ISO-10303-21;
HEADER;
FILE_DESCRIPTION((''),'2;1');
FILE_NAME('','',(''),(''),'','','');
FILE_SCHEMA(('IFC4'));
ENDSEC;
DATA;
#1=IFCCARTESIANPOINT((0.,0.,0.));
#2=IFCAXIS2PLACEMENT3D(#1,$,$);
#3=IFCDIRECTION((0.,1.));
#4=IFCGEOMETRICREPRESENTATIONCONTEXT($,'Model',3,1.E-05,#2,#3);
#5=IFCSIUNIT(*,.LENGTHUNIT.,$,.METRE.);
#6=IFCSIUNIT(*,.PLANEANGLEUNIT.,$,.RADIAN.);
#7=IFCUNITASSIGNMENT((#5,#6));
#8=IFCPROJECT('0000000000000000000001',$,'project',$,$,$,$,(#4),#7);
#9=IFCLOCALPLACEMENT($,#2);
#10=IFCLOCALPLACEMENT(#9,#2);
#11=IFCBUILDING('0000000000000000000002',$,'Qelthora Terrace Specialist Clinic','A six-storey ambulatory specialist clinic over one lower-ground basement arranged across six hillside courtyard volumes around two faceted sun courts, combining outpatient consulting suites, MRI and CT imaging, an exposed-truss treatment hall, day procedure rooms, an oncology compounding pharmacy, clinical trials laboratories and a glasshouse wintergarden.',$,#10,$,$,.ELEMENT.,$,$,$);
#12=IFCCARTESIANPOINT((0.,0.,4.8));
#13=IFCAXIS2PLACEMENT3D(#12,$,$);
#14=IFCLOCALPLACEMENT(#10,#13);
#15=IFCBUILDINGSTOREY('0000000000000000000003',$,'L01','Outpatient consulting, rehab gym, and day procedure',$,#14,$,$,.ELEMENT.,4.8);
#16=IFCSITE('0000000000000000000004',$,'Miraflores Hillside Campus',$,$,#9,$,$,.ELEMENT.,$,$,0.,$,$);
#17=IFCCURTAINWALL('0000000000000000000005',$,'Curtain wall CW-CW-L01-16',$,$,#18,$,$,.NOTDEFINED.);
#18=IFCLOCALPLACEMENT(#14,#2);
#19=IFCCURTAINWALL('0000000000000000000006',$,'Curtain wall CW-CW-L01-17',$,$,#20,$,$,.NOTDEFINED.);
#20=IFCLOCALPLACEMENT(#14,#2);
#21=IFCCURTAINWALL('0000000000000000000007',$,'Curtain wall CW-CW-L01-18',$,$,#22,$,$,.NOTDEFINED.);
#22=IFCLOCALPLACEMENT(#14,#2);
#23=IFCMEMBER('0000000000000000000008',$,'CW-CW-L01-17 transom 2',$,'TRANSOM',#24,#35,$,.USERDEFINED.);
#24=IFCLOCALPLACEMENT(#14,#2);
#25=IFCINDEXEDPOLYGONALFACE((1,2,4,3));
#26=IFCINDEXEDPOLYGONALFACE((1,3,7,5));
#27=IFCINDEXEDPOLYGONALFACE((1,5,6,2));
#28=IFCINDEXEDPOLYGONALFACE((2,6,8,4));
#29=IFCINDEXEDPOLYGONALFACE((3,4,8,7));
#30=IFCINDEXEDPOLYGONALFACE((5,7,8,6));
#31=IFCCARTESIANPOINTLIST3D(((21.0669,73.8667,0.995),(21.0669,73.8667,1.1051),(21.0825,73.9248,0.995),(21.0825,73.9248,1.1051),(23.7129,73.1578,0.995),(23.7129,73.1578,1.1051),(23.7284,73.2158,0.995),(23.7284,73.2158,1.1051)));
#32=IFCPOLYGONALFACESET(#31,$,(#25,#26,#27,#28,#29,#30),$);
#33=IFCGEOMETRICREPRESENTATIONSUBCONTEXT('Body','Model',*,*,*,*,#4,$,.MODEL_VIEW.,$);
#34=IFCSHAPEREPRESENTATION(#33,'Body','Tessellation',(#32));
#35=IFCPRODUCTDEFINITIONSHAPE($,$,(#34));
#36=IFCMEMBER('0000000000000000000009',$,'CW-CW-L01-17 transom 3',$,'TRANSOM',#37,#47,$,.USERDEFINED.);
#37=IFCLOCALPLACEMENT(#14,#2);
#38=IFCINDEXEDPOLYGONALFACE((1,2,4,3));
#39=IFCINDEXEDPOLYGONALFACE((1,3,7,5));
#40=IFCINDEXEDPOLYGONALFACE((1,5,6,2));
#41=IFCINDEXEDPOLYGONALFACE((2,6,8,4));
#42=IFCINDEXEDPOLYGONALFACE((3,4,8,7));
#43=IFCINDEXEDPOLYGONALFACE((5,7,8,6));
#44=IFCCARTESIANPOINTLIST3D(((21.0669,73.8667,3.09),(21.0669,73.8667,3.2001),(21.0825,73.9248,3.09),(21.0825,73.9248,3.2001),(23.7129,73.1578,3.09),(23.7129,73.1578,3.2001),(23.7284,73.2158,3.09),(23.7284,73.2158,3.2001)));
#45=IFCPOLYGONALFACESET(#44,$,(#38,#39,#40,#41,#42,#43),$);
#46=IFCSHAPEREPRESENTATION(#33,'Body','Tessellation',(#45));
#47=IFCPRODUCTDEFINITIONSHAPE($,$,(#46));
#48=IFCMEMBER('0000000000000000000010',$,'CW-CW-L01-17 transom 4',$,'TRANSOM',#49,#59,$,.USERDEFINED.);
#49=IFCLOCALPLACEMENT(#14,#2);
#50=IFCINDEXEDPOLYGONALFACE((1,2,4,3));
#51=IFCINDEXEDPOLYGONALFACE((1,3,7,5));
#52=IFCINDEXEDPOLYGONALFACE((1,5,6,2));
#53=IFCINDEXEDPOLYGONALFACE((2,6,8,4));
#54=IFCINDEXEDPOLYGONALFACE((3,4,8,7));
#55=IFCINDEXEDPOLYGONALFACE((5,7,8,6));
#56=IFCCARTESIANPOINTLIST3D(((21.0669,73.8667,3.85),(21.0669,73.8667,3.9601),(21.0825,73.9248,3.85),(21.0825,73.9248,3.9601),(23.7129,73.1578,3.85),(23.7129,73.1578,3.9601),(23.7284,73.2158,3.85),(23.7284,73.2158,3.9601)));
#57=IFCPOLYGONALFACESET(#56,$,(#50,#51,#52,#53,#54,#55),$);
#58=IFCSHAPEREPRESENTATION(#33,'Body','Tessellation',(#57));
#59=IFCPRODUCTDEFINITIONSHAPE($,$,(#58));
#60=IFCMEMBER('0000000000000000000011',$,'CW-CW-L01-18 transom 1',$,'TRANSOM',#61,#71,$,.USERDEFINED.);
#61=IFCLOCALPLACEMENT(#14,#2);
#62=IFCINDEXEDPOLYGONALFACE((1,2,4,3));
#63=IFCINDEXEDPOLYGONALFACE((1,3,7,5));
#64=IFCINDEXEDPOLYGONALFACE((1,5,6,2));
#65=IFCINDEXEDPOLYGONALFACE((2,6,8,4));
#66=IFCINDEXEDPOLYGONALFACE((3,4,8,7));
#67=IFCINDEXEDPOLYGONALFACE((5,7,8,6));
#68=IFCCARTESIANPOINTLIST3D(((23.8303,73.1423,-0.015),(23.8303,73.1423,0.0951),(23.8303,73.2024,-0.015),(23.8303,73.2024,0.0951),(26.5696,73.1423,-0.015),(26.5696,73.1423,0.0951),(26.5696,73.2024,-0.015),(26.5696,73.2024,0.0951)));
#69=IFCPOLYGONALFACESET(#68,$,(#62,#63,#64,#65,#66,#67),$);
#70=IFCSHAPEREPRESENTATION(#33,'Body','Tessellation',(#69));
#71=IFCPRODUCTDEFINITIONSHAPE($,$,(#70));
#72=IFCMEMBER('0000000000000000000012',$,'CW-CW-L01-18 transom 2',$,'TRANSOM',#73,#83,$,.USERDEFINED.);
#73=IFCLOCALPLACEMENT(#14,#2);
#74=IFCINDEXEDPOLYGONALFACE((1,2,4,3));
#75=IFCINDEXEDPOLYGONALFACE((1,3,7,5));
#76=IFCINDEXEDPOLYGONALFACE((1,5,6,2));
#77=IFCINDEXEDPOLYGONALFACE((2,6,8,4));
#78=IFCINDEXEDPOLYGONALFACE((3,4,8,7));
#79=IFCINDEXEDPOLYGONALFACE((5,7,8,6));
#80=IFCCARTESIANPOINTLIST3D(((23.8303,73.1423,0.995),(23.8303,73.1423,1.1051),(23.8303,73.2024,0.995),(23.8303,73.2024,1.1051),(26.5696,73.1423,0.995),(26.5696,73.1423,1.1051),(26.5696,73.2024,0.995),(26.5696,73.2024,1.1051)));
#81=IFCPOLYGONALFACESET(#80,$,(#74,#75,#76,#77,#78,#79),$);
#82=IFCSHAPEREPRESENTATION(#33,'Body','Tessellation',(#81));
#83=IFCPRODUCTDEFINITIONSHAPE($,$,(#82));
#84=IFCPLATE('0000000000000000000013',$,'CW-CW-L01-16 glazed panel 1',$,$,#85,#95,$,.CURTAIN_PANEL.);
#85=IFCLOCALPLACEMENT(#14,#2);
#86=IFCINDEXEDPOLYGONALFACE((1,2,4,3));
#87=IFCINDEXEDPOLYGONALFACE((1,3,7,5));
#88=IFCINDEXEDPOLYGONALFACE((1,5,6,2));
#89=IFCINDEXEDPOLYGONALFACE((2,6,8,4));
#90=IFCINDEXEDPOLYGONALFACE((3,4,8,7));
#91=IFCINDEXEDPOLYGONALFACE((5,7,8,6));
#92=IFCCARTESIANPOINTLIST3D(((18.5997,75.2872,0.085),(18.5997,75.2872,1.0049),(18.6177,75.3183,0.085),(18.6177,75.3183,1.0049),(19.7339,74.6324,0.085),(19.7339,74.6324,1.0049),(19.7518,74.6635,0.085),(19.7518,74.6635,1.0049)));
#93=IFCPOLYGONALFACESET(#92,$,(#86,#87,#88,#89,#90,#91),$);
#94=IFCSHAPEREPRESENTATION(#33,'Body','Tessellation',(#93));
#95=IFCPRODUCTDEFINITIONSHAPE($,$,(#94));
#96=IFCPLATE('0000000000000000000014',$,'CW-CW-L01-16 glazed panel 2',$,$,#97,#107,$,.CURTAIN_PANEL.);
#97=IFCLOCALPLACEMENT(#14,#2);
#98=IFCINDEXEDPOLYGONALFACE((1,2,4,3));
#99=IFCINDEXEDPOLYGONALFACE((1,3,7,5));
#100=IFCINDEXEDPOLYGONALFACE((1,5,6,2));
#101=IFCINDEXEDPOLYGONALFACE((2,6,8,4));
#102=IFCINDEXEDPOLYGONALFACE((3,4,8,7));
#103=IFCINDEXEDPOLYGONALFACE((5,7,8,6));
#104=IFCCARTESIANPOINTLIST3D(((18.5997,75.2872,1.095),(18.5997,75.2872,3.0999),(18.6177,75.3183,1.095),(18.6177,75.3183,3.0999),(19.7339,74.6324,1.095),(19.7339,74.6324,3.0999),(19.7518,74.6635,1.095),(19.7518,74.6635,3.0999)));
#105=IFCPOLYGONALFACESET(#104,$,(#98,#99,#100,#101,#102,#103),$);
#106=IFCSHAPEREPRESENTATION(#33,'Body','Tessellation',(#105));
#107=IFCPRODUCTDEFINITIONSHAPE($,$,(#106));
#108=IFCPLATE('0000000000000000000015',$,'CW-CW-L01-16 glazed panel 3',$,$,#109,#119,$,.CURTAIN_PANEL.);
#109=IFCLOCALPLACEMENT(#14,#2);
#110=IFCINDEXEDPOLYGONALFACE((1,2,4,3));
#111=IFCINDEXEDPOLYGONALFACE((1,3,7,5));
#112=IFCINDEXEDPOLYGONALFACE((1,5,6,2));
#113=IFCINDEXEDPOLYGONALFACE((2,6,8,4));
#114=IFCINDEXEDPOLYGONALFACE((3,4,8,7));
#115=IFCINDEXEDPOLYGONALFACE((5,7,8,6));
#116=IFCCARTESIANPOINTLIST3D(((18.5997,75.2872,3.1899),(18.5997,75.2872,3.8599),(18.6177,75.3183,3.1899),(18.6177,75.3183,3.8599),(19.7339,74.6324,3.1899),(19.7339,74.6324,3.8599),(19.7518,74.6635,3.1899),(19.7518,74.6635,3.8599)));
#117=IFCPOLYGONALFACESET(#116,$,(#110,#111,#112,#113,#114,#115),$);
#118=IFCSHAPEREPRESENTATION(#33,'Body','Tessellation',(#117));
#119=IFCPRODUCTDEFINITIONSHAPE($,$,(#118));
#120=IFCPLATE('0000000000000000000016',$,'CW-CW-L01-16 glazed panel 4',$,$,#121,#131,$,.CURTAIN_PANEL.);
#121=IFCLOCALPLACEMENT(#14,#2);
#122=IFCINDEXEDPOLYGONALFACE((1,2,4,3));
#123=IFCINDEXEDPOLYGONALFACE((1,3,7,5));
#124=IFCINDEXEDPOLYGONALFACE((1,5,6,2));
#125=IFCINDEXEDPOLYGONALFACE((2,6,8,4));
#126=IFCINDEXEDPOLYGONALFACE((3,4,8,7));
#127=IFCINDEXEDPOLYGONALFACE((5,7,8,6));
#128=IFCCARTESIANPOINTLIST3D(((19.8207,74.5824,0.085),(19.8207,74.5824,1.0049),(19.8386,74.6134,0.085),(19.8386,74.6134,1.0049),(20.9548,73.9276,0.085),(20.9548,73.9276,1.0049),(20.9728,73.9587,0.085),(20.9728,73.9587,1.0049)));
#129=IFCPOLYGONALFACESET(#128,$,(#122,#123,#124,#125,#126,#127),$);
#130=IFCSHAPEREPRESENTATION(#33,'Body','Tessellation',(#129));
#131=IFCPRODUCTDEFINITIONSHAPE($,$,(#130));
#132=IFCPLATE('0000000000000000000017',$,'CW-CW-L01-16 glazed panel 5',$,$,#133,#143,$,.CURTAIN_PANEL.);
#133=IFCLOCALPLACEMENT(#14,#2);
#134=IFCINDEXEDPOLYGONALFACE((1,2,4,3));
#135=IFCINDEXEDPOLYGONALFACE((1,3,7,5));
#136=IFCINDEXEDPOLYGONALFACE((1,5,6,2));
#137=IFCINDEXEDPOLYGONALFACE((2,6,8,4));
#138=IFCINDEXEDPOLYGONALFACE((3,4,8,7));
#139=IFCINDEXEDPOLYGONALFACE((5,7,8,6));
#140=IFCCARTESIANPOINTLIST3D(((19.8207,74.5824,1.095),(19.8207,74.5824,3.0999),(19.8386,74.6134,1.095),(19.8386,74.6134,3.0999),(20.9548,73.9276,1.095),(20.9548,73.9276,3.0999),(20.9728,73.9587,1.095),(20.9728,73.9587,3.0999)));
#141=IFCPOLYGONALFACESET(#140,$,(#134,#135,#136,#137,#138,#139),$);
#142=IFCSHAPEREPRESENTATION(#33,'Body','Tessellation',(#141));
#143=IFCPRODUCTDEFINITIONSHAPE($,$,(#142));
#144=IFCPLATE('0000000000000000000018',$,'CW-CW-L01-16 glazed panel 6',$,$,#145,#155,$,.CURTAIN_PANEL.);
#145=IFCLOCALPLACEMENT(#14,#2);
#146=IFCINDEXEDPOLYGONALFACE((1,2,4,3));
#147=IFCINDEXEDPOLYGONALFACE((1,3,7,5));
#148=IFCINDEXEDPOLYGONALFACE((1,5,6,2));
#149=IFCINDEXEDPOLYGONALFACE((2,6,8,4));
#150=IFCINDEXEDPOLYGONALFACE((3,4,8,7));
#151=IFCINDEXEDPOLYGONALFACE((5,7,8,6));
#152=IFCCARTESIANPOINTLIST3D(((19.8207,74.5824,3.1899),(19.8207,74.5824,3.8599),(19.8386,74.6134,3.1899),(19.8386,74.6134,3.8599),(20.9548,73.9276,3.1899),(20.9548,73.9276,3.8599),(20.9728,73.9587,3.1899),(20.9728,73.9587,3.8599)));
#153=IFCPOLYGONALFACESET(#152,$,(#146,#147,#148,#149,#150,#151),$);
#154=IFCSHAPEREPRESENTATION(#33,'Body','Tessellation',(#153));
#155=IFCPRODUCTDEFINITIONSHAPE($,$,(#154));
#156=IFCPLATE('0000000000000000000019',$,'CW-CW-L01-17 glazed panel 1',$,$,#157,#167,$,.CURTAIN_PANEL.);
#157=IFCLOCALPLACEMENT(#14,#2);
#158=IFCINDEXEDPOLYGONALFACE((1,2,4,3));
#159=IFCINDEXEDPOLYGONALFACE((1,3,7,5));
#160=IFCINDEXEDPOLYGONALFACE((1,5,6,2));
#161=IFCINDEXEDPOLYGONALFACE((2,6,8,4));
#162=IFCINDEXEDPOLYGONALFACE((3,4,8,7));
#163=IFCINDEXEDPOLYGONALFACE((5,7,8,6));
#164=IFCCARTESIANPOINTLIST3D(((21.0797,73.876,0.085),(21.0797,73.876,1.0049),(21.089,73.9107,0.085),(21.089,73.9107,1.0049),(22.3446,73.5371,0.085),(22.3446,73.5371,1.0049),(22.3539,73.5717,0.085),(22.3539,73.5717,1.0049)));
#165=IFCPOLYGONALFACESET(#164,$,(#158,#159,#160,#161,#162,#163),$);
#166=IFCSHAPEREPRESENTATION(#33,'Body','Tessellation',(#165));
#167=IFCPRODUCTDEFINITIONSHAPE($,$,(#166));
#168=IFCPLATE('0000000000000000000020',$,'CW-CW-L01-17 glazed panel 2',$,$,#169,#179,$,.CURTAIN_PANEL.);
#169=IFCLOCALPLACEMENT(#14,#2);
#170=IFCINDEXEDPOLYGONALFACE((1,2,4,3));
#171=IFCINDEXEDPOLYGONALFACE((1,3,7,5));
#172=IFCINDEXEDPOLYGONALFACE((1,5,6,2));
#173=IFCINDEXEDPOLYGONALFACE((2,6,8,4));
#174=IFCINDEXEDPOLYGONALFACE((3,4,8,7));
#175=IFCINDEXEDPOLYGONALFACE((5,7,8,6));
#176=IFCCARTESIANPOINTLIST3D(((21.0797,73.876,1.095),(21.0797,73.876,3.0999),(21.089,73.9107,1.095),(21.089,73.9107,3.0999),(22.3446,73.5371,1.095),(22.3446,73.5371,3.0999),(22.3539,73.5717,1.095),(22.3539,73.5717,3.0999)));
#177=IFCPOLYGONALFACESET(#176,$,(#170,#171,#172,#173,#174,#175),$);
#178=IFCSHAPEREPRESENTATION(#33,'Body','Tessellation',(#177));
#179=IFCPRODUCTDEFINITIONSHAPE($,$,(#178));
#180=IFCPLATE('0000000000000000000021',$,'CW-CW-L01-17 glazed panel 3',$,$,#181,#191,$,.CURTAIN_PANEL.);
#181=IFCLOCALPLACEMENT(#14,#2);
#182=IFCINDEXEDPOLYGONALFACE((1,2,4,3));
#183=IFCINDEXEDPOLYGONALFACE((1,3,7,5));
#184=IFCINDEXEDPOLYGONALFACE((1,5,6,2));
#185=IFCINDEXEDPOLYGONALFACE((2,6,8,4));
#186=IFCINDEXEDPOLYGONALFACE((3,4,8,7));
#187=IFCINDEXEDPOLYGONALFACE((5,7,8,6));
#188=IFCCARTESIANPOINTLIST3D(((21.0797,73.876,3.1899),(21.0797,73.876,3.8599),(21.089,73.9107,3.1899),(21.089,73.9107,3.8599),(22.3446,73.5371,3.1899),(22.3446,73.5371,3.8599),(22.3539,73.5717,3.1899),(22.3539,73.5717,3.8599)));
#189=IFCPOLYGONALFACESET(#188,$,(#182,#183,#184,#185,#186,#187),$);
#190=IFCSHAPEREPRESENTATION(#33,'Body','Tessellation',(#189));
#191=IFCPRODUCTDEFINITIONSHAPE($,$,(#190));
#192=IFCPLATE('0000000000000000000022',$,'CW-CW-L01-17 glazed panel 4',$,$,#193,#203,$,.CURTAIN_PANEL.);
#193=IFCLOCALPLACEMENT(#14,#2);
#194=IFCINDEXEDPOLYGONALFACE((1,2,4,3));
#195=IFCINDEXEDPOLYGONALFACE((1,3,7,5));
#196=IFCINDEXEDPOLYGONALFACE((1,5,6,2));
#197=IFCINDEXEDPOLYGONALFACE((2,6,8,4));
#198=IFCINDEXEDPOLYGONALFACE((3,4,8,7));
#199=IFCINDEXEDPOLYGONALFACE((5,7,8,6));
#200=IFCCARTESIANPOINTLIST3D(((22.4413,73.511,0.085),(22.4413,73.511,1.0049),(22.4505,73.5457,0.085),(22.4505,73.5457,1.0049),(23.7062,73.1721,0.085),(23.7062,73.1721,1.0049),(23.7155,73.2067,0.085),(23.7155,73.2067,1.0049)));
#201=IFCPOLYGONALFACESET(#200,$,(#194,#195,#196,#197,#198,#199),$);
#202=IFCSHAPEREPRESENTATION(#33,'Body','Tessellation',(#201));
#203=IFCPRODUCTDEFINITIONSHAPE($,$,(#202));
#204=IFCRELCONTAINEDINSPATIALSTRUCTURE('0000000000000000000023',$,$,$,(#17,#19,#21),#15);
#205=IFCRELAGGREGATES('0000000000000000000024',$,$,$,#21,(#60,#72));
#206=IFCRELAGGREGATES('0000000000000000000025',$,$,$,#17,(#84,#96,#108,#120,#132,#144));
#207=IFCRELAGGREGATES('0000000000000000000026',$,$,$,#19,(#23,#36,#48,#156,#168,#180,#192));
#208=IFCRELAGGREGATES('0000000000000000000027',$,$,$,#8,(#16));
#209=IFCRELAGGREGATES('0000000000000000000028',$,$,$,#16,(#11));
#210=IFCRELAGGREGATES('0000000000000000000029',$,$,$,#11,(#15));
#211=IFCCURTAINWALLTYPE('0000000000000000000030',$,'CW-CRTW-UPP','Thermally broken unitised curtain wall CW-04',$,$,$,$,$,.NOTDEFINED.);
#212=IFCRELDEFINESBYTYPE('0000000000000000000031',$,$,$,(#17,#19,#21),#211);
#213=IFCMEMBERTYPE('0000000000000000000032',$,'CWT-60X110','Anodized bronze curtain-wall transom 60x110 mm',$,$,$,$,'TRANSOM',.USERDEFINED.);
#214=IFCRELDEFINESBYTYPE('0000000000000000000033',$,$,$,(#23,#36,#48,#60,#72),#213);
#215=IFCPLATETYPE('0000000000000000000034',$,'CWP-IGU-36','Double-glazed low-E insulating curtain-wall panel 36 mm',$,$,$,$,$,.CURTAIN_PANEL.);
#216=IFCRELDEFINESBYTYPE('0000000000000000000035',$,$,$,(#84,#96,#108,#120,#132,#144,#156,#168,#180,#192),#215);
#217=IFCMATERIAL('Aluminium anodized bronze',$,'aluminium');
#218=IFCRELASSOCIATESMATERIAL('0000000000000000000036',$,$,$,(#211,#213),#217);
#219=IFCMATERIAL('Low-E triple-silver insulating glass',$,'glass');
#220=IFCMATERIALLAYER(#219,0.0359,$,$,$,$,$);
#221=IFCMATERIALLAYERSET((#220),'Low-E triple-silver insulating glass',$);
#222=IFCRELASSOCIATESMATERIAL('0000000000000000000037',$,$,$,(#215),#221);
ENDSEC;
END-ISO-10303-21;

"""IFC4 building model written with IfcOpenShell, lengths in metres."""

from ifc_helpers import new_model, si_unit, direction, frame, origin, origin_2d, place, context, subcontext, project, spatial, rectangle, extrude, material, layer, layer_set, material_profile, profile_set, type_object, element, aggregate, save


model = new_model("IFC4")

# Units and contexts
model_context = context("Model", 3, precision=1e-05, world=origin(), true_north=direction((0.0, 1.0)))
body_context = subcontext(model_context, "Body", "Model", "MODEL_VIEW")
ifc_project = project(units=[si_unit("LENGTHUNIT", "METRE"), si_unit("PLANEANGLEUNIT", "RADIAN")], contexts=[model_context])

# Site, building, storey
site_placement = place(None, origin())
site = spatial("IfcSite", under=ifc_project, at=site_placement, Name="Miraflores Hillside Campus", CompositionType="ELEMENT", RefElevation=0.0)
building_placement = place(site_placement, origin())
building = spatial("IfcBuilding", under=site, at=building_placement, Name="Qelthora Terrace Specialist Clinic", Description="A six-storey ambulatory specialist clinic over one lower-ground basement arranged across six hillside courtyard volumes around two faceted sun courts, combining outpatient consulting suites, MRI and CT imaging, an exposed-truss treatment hall, day procedure rooms, an oncology compounding pharmacy, clinical trials laboratories and a glasshouse wintergarden.", CompositionType="ELEMENT")
storey_placement = place(building_placement, frame((0.0, 0.0, 4.8)))
storey = spatial("IfcBuildingStorey", under=building, at=storey_placement, Name="L01", Description="Outpatient consulting, rehab gym, and day procedure", CompositionType="ELEMENT", Elevation=4.8)

# Curtain walls
ifc_material_1 = material(Name="Aluminium anodized bronze", Category="aluminium")
curtain_wall_type = type_object("IfcCurtainWallType", Name="CW-CRTW-UPP", Description="Thermally broken unitised curtain wall CW-04", PredefinedType="NOTDEFINED", material=ifc_material_1)
curtain_wall_1_placement = place(storey_placement, origin())
curtain_wall_1 = element("IfcCurtainWall", 1, at=curtain_wall_1_placement, inside=storey, type_object=curtain_wall_type, Name="Curtain wall CW-CW-L01-16", PredefinedType="NOTDEFINED")
curtain_wall_2_placement = place(storey_placement, origin())
curtain_wall_2 = element("IfcCurtainWall", 2, at=curtain_wall_2_placement, inside=storey, type_object=curtain_wall_type, Name="Curtain wall CW-CW-L01-17", PredefinedType="NOTDEFINED")

# Curtain wall
curtain_wall_3_placement = place(storey_placement, origin())
curtain_wall_3 = element("IfcCurtainWall", 3, at=curtain_wall_3_placement, inside=storey, type_object=curtain_wall_type, Name="Curtain wall CW-CW-L01-18", PredefinedType="NOTDEFINED")

# Members
ifc_material_profile_1 = material_profile(ifc_material_1, rectangle(XDim=0.0601, YDim=0.1101, at=origin_2d()), Name="CWT60X110")
ifc_profile_set_1 = profile_set([ifc_material_profile_1], Name="Aluminium anodized bronze")
member_type_1 = type_object("IfcMemberType", Name="CWT-60X110", Description="Anodized bronze curtain-wall transom 60x110 mm", ElementType="TRANSOM", PredefinedType="USERDEFINED", material=ifc_profile_set_1)
member_1_placement = place(storey_placement, frame((21.0747, 73.8958, 1.05), z_axis=(0.965927, -0.258816, 0.0), x_axis=(0.258816, 0.965927, 0.0)))
member_1 = element("IfcMember", 4, at=member_1_placement, type_object=member_type_1, Name="CW-CW-L01-17 transom 2", ObjectType="TRANSOM", PredefinedType="USERDEFINED", context=body_context, shape_type="SweptSolid", body=[
    extrude(rectangle(XDim=0.0601, YDim=0.1101, at=origin_2d()), origin(), (0.0, 0.0, 1.0), 2.7393),
])
member_2_placement = place(storey_placement, frame((21.0747, 73.8958, 3.145), z_axis=(0.965927, -0.258816, 0.0), x_axis=(0.258816, 0.965927, 0.0)))
member_2 = element("IfcMember", 5, at=member_2_placement, type_object=member_type_1, Name="CW-CW-L01-17 transom 3", ObjectType="TRANSOM", PredefinedType="USERDEFINED", context=body_context, shape_type="SweptSolid", body=[
    extrude(rectangle(XDim=0.0601, YDim=0.1101, at=origin_2d()), origin(), (0.0, 0.0, 1.0), 2.7393),
])
member_3_placement = place(storey_placement, frame((21.0747, 73.8958, 3.905), z_axis=(0.965927, -0.258816, 0.0), x_axis=(0.258816, 0.965927, 0.0)))
member_3 = element("IfcMember", 6, at=member_3_placement, type_object=member_type_1, Name="CW-CW-L01-17 transom 4", ObjectType="TRANSOM", PredefinedType="USERDEFINED", context=body_context, shape_type="SweptSolid", body=[
    extrude(rectangle(XDim=0.0601, YDim=0.1101, at=origin_2d()), origin(), (0.0, 0.0, 1.0), 2.7393),
])
member_4_placement = place(storey_placement, frame((23.8303, 73.1724, 0.04), z_axis=(1.0, 0.0, 0.0), x_axis=(0.0, 1.0, 0.0)))
member_4 = element("IfcMember", 7, at=member_4_placement, type_object=member_type_1, Name="CW-CW-L01-18 transom 1", ObjectType="TRANSOM", PredefinedType="USERDEFINED", context=body_context, shape_type="SweptSolid", body=[
    extrude(rectangle(XDim=0.0601, YDim=0.1101, at=origin_2d()), origin(), (0.0, 0.0, 1.0), 2.7393),
])
member_5_placement = place(storey_placement, frame((23.8303, 73.1724, 1.05), z_axis=(1.0, 0.0, 0.0), x_axis=(0.0, 1.0, 0.0)))
member_5 = element("IfcMember", 8, at=member_5_placement, type_object=member_type_1, Name="CW-CW-L01-18 transom 2", ObjectType="TRANSOM", PredefinedType="USERDEFINED", context=body_context, shape_type="SweptSolid", body=[
    extrude(rectangle(XDim=0.0601, YDim=0.1101, at=origin_2d()), origin(), (0.0, 0.0, 1.0), 2.7393),
])
aggregate(curtain_wall_3, [member_4, member_5])

# Plates
ifc_material_2 = material(Name="Low-E triple-silver insulating glass", Category="glass")
ifc_layer = layer(ifc_material_2, 0.0359)
ifc_layer_set = layer_set([ifc_layer], Name="Low-E triple-silver insulating glass")
plate_type = type_object("IfcPlateType", Name="CWP-IGU-36", Description="Double-glazed low-E insulating curtain-wall panel 36 mm", PredefinedType="CURTAIN_PANEL", material=ifc_layer_set)
plate_1_placement = place(storey_placement, frame((19.1758, 74.9753, 0.085), z_axis=(0.0, 0.0, 1.0), x_axis=(0.866025, -0.5, 0.0)))
plate_1 = element("IfcPlate", 9, at=plate_1_placement, type_object=plate_type, Name="CW-CW-L01-16 glazed panel 1", PredefinedType="CURTAIN_PANEL", context=body_context, shape_type="SweptSolid", body=[
    extrude(rectangle(XDim=1.3096, YDim=0.0359, at=origin_2d()), origin(), (0.0, 0.0, 1.0), 0.9199),
])
plate_2_placement = place(storey_placement, frame((19.1758, 74.9753, 1.095), z_axis=(0.0, 0.0, 1.0), x_axis=(0.866025, -0.5, 0.0)))
plate_2 = element("IfcPlate", 10, at=plate_2_placement, type_object=plate_type, Name="CW-CW-L01-16 glazed panel 2", PredefinedType="CURTAIN_PANEL", context=body_context, shape_type="SweptSolid", body=[
    extrude(rectangle(XDim=1.3096, YDim=0.0359, at=origin_2d()), origin(), (0.0, 0.0, 1.0), 2.0049),
])
plate_3_placement = place(storey_placement, frame((19.1758, 74.9753, 3.1899), z_axis=(0.0, 0.0, 1.0), x_axis=(0.866025, -0.5, 0.0)))
plate_3 = element("IfcPlate", 11, at=plate_3_placement, type_object=plate_type, Name="CW-CW-L01-16 glazed panel 3", PredefinedType="CURTAIN_PANEL", context=body_context, shape_type="SweptSolid", body=[
    extrude(rectangle(XDim=1.3096, YDim=0.0359, at=origin_2d()), origin(), (0.0, 0.0, 1.0), 0.6699),
])
plate_4_placement = place(storey_placement, frame((20.3967, 74.2705, 0.085), z_axis=(0.0, 0.0, 1.0), x_axis=(0.866025, -0.5, 0.0)))
plate_4 = element("IfcPlate", 12, at=plate_4_placement, type_object=plate_type, Name="CW-CW-L01-16 glazed panel 4", PredefinedType="CURTAIN_PANEL", context=body_context, shape_type="SweptSolid", body=[
    extrude(rectangle(XDim=1.3096, YDim=0.0359, at=origin_2d()), origin(), (0.0, 0.0, 1.0), 0.9199),
])
plate_5_placement = place(storey_placement, frame((20.3967, 74.2705, 1.095), z_axis=(0.0, 0.0, 1.0), x_axis=(0.866025, -0.5, 0.0)))
plate_5 = element("IfcPlate", 13, at=plate_5_placement, type_object=plate_type, Name="CW-CW-L01-16 glazed panel 5", PredefinedType="CURTAIN_PANEL", context=body_context, shape_type="SweptSolid", body=[
    extrude(rectangle(XDim=1.3096, YDim=0.0359, at=origin_2d()), origin(), (0.0, 0.0, 1.0), 2.0049),
])
plate_6_placement = place(storey_placement, frame((20.3967, 74.2705, 3.1899), z_axis=(0.0, 0.0, 1.0), x_axis=(0.866025, -0.5, 0.0)))
plate_6 = element("IfcPlate", 14, at=plate_6_placement, type_object=plate_type, Name="CW-CW-L01-16 glazed panel 6", PredefinedType="CURTAIN_PANEL", context=body_context, shape_type="SweptSolid", body=[
    extrude(rectangle(XDim=1.3096, YDim=0.0359, at=origin_2d()), origin(), (0.0, 0.0, 1.0), 0.6699),
])
aggregate(curtain_wall_1, [plate_1, plate_2, plate_3, plate_4, plate_5, plate_6])
plate_7_placement = place(storey_placement, frame((21.7168, 73.7239, 0.085), z_axis=(0.0, 0.0, 1.0), x_axis=(0.965925, -0.258821, 0.0)))
plate_7 = element("IfcPlate", 15, at=plate_7_placement, type_object=plate_type, Name="CW-CW-L01-17 glazed panel 1", PredefinedType="CURTAIN_PANEL", context=body_context, shape_type="SweptSolid", body=[
    extrude(rectangle(XDim=1.3096, YDim=0.0359, at=origin_2d()), origin(), (0.0, 0.0, 1.0), 0.9199),
])
plate_8_placement = place(storey_placement, frame((21.7168, 73.7239, 1.095), z_axis=(0.0, 0.0, 1.0), x_axis=(0.965925, -0.258821, 0.0)))
plate_8 = element("IfcPlate", 16, at=plate_8_placement, type_object=plate_type, Name="CW-CW-L01-17 glazed panel 2", PredefinedType="CURTAIN_PANEL", context=body_context, shape_type="SweptSolid", body=[
    extrude(rectangle(XDim=1.3096, YDim=0.0359, at=origin_2d()), origin(), (0.0, 0.0, 1.0), 2.0049),
])
plate_9_placement = place(storey_placement, frame((21.7168, 73.7239, 3.1899), z_axis=(0.0, 0.0, 1.0), x_axis=(0.965925, -0.258821, 0.0)))
plate_9 = element("IfcPlate", 17, at=plate_9_placement, type_object=plate_type, Name="CW-CW-L01-17 glazed panel 3", PredefinedType="CURTAIN_PANEL", context=body_context, shape_type="SweptSolid", body=[
    extrude(rectangle(XDim=1.3096, YDim=0.0359, at=origin_2d()), origin(), (0.0, 0.0, 1.0), 0.6699),
])
plate_10_placement = place(storey_placement, frame((23.0784, 73.3589, 0.085), z_axis=(0.0, 0.0, 1.0), x_axis=(0.965925, -0.258821, 0.0)))
plate_10 = element("IfcPlate", 18, at=plate_10_placement, type_object=plate_type, Name="CW-CW-L01-17 glazed panel 4", PredefinedType="CURTAIN_PANEL", context=body_context, shape_type="SweptSolid", body=[
    extrude(rectangle(XDim=1.3096, YDim=0.0359, at=origin_2d()), origin(), (0.0, 0.0, 1.0), 0.9199),
])
aggregate(curtain_wall_2, [member_1, member_2, member_3, plate_7, plate_8, plate_9, plate_10])

save(model, "model.ifc")
